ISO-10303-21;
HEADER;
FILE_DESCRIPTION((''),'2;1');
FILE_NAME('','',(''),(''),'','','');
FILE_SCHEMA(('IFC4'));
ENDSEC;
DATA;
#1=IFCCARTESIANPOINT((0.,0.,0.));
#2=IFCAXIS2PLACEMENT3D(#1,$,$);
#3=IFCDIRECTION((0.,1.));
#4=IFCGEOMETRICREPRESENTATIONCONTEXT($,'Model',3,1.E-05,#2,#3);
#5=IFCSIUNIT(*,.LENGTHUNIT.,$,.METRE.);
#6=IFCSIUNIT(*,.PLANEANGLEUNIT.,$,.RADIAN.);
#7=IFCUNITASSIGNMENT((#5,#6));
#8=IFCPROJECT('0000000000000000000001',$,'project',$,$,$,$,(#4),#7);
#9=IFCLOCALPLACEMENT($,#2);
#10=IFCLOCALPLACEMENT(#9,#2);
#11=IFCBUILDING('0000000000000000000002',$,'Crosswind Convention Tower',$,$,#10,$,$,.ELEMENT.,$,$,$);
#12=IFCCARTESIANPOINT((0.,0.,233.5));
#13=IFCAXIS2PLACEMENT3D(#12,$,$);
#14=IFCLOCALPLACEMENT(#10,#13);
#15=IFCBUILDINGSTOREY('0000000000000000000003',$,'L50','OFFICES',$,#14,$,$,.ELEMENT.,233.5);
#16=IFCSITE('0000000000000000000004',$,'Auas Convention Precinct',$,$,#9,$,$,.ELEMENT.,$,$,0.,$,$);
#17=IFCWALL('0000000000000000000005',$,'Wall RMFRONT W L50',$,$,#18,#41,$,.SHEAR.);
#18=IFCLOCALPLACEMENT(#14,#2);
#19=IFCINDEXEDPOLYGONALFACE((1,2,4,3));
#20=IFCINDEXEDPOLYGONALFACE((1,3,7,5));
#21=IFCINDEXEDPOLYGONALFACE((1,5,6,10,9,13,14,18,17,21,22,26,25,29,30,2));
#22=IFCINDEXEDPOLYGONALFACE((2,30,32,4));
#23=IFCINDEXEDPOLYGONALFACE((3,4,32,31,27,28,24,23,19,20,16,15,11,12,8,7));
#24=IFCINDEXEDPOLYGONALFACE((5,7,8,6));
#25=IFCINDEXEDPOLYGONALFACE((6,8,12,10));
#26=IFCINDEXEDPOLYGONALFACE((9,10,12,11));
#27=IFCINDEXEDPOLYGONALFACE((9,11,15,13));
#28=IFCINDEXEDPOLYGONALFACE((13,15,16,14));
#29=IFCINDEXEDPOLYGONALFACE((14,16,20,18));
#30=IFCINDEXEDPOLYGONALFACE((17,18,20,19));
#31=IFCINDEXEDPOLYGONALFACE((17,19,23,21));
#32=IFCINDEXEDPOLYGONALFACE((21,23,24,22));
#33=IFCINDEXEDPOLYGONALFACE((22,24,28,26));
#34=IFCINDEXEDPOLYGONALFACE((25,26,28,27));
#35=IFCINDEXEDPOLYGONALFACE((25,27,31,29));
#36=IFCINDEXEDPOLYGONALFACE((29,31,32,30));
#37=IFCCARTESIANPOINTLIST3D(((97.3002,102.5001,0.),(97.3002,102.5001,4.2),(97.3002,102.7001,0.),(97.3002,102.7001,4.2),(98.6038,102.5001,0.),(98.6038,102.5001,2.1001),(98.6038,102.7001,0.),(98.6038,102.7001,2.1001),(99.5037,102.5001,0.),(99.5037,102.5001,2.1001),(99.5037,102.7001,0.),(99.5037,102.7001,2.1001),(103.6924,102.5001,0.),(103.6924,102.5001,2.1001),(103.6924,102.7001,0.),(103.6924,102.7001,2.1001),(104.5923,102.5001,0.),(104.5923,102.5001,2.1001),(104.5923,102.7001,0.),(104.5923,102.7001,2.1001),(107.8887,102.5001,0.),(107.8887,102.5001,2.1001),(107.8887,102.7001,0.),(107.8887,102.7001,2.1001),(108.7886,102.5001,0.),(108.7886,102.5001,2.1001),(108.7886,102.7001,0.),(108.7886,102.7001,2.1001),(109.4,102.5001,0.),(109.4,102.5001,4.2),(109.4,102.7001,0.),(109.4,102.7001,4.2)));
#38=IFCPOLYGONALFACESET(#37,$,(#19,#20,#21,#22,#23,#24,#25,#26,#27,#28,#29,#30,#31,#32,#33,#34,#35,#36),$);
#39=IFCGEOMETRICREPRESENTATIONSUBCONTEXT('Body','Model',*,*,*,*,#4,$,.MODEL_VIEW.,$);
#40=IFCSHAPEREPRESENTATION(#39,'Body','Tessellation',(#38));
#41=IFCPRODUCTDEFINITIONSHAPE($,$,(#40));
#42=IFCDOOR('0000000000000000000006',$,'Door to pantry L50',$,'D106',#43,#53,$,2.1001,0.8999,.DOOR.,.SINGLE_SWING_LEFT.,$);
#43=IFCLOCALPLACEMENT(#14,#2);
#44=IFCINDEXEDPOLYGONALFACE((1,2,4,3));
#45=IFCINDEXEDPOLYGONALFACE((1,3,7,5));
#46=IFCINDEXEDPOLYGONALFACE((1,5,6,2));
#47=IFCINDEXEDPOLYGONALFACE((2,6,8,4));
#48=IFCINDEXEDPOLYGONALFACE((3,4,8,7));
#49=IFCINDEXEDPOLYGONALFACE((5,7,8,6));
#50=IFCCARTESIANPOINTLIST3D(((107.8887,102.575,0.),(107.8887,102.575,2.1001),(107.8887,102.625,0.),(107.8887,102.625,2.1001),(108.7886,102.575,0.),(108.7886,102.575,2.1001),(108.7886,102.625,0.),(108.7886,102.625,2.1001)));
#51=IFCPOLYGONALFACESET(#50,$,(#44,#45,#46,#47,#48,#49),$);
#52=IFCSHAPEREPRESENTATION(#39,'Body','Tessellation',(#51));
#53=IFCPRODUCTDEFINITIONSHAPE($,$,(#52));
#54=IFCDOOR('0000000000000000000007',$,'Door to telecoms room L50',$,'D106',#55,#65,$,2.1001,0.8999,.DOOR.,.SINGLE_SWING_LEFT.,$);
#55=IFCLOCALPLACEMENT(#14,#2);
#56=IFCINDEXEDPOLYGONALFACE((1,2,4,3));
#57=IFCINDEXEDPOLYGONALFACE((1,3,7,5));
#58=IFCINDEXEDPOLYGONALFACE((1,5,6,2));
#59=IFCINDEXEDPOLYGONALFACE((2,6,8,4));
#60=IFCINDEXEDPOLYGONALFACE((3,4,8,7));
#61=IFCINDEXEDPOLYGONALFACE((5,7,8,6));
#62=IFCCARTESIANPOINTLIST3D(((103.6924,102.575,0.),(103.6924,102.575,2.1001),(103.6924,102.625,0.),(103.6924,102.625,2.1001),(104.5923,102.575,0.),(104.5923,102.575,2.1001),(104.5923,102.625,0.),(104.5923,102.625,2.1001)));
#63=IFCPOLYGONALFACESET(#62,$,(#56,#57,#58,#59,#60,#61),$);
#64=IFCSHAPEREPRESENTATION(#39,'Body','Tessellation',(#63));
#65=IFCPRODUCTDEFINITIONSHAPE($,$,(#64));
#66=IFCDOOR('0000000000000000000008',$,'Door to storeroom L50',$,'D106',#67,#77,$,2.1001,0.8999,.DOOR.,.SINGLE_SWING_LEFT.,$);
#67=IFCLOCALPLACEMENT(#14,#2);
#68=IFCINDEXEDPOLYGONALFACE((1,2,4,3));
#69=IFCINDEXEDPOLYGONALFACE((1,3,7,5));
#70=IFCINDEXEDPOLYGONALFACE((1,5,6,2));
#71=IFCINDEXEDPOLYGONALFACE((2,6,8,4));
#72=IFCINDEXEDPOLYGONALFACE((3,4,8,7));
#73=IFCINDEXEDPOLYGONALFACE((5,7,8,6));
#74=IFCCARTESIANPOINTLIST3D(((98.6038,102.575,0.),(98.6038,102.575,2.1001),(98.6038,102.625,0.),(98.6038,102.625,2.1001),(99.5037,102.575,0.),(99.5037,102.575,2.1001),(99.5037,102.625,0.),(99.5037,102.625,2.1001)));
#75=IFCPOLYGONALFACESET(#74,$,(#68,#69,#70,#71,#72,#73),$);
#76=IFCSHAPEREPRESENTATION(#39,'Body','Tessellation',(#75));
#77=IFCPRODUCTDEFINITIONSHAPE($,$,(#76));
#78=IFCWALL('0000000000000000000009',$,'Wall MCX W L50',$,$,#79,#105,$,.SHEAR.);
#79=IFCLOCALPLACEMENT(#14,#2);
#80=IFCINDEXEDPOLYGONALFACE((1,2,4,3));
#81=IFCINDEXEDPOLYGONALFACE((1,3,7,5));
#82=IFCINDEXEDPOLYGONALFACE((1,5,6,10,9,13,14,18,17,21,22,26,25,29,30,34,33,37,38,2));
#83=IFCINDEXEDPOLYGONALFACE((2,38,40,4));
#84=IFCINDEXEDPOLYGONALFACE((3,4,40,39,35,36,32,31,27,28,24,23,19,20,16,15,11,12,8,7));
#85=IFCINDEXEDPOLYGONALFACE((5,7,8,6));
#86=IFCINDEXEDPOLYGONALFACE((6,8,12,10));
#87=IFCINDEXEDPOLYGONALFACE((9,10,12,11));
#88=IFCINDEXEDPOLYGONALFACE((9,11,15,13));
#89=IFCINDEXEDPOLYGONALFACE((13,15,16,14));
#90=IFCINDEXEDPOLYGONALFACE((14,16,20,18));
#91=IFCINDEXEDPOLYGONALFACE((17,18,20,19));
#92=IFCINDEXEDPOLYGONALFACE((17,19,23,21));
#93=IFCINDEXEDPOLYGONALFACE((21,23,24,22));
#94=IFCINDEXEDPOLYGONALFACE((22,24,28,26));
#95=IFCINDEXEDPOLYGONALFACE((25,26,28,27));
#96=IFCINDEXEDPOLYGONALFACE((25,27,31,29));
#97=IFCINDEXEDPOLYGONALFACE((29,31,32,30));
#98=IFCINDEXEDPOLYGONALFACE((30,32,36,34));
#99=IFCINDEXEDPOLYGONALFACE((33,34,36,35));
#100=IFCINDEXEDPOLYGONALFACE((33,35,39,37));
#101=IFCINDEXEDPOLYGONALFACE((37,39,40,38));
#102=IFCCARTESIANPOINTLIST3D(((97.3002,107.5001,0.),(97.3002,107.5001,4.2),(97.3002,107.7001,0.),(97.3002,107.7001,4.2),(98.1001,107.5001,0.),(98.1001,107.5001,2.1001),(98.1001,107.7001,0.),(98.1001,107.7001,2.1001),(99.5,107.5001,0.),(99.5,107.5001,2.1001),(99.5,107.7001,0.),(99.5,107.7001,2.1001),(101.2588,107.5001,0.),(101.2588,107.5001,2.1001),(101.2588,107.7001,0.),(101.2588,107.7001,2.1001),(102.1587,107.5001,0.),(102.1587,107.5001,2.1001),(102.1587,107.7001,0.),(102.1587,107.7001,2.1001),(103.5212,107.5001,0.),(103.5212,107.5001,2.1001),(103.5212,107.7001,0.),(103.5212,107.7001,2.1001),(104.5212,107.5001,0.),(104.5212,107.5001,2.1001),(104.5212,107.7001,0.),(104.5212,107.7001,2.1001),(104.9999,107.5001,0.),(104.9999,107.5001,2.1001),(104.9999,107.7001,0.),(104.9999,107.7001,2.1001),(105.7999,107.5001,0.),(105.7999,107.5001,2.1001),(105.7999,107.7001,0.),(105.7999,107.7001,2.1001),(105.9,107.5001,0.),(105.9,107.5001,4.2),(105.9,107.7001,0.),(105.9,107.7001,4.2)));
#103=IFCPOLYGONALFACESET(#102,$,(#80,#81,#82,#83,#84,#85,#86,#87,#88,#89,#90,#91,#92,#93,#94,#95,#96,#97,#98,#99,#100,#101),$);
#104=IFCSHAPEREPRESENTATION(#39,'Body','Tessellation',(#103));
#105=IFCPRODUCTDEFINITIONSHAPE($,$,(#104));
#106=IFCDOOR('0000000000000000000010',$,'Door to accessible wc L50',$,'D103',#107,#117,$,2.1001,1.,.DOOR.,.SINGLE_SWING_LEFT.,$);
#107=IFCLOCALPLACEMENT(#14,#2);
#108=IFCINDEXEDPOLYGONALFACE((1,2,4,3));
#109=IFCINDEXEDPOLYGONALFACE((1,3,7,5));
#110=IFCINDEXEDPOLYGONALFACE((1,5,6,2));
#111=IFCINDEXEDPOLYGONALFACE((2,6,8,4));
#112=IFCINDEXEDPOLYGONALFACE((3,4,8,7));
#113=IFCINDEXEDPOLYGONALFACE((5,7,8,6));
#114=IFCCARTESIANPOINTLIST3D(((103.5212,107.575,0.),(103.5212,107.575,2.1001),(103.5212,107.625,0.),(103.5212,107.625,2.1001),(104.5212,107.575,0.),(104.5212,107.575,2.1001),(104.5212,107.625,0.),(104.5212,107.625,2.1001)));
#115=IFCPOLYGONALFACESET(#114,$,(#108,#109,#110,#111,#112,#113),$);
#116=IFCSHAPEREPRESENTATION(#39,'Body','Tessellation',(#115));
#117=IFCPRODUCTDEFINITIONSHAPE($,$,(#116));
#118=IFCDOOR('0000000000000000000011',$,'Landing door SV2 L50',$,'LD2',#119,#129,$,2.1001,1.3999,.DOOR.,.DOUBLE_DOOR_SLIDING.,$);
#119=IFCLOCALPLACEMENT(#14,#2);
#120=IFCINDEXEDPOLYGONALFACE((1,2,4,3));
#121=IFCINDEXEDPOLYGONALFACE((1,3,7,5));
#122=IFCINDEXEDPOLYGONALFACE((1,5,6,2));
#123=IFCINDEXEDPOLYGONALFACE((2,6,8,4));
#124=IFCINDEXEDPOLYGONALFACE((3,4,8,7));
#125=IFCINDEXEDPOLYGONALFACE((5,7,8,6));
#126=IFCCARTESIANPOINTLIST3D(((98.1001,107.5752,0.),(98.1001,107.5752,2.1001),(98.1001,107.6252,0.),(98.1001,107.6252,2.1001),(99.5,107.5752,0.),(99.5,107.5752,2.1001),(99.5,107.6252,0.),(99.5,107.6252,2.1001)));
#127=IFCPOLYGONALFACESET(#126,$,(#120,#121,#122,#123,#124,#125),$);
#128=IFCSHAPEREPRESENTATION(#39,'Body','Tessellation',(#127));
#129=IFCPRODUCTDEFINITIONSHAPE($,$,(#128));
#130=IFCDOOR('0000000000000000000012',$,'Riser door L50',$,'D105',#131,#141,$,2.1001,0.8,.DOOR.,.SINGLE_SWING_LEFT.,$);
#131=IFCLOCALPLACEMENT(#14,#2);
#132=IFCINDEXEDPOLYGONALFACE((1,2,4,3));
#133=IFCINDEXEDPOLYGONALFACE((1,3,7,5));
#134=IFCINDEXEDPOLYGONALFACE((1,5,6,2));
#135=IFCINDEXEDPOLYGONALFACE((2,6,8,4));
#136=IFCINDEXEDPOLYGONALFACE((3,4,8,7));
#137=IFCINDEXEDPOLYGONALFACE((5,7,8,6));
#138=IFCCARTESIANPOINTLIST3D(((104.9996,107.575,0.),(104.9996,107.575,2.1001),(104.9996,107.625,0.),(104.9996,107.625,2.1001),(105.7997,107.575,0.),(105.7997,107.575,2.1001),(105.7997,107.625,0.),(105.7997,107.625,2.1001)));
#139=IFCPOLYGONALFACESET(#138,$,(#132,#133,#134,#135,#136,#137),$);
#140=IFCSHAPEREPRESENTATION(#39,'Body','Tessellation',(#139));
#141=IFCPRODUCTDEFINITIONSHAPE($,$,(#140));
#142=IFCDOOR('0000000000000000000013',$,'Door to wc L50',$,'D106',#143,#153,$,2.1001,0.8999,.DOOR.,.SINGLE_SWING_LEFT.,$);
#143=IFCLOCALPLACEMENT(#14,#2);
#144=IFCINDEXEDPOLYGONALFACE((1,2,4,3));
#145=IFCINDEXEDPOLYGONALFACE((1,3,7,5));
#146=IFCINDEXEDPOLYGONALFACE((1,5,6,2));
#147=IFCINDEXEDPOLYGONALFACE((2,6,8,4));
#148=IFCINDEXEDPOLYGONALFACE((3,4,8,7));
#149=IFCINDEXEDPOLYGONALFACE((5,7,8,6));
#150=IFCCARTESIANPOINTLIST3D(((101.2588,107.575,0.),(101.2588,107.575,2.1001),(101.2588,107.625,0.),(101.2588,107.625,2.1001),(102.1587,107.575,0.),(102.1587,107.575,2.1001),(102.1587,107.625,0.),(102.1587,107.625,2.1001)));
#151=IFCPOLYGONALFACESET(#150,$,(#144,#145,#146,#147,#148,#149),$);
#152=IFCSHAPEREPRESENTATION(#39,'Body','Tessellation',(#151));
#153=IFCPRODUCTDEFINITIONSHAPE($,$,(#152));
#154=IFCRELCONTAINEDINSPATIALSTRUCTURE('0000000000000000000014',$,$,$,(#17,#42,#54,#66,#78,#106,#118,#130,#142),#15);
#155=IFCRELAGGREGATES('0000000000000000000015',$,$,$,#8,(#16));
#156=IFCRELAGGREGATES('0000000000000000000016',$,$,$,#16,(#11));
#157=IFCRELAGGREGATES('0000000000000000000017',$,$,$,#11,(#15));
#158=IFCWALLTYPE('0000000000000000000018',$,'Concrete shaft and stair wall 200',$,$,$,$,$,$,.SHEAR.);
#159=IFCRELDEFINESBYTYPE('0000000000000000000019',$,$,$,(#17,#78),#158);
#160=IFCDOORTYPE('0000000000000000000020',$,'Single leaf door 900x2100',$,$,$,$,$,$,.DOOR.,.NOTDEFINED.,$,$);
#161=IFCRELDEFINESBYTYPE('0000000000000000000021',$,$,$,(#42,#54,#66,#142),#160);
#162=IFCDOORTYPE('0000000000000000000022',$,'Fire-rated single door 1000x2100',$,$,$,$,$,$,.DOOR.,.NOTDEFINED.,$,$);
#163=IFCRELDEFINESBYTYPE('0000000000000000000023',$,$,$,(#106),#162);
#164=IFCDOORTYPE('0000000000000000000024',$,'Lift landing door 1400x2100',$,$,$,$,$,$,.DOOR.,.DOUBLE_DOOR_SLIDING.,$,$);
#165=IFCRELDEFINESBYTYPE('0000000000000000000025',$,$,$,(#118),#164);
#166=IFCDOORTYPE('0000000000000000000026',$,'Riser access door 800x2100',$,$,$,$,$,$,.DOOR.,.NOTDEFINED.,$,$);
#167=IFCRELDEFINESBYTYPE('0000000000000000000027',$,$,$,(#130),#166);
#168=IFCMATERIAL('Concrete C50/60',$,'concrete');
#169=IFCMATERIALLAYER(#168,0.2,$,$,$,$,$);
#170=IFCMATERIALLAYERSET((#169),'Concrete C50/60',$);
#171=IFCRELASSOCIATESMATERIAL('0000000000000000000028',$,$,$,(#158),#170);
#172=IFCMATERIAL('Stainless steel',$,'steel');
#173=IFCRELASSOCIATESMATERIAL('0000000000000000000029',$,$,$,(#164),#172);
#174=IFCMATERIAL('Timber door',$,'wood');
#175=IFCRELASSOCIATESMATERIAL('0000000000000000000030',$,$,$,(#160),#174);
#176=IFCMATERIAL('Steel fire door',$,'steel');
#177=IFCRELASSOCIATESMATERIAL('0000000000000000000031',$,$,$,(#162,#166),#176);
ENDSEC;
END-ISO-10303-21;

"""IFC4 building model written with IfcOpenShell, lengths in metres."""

from ifc_helpers import new_model, si_unit, direction, frame, frame_2d, origin, place, context, subcontext, project, spatial, rectangle, extrude, material, layer, layer_set, type_object, element, fill, save


model = new_model("IFC4")

# Units and contexts
model_context = context("Model", 3, precision=1e-05, world=origin(), true_north=direction((0.0, 1.0)))
body_context = subcontext(model_context, "Body", "Model", "MODEL_VIEW")
ifc_project = project(units=[si_unit("LENGTHUNIT", "METRE"), si_unit("PLANEANGLEUNIT", "RADIAN")], contexts=[model_context])

# Site, building, storey
site_placement = place(None, origin())
site = spatial("IfcSite", under=ifc_project, at=site_placement, Name="Auas Convention Precinct", CompositionType="ELEMENT", RefElevation=0.0)
building_placement = place(site_placement, origin())
building = spatial("IfcBuilding", under=site, at=building_placement, Name="Crosswind Convention Tower", CompositionType="ELEMENT")
storey_placement = place(building_placement, frame((0.0, 0.0, 233.5)))
storey = spatial("IfcBuildingStorey", under=building, at=storey_placement, Name="L50", Description="OFFICES", CompositionType="ELEMENT", Elevation=233.5)

# Shared definitions
ifc_material_1 = material(Name="Concrete C50/60", Category="concrete")
ifc_layer_1 = layer(ifc_material_1, 0.2)
ifc_layer_set_1 = layer_set([ifc_layer_1], Name="Concrete C50/60")
wall_type_1 = type_object("IfcWallType", Name="Concrete shaft and stair wall 200", PredefinedType="SHEAR", material=ifc_layer_set_1)

# Shared definitions
ifc_material_2 = material(Name="Stainless steel", Category="steel")
door_type_1 = type_object("IfcDoorType", Name="Lift landing door 1400x2100", OperationType="DOUBLE_DOOR_SLIDING", PredefinedType="DOOR", material=ifc_material_2)

# Walls, openings, doors
wall_1_placement = place(storey_placement, frame((109.3999, 102.6001, 0.0), z_axis=(0.0, 0.0, 1.0), x_axis=(-1.0, 0.0, 0.0)))
wall_1 = element("IfcWall", 1, at=wall_1_placement, inside=storey, type_object=wall_type_1, Name="Wall RMFRONT W L50", PredefinedType="SHEAR", context=body_context, shape_type="SweptSolid", body=[
    extrude(rectangle(XDim=12.0999, YDim=0.2, at=frame_2d((6.0498, 0.0))), origin(), (0.0, 0.0, 1.0), 4.2),
])
opening_1_placement = place(wall_1_placement, frame((0.6113, 0.0, 0.0)))
opening_1 = element("IfcOpeningElement", 2, at=opening_1_placement, cuts=wall_1, PredefinedType="OPENING", context=body_context, shape_type="SweptSolid", body=[
    extrude(rectangle(XDim=0.8999, YDim=2.1001, at=frame_2d((0.45, 1.05))), frame((0.0, 0.1099, 0.0), z_axis=(0.0, -1.0, 0.0), x_axis=(1.0, 0.0, 0.0)), (0.0, 0.0, 1.0), 0.22),
])
opening_2_placement = place(wall_1_placement, frame((4.8076, 0.0, 0.0)))
opening_2 = element("IfcOpeningElement", 3, at=opening_2_placement, cuts=wall_1, PredefinedType="OPENING", context=body_context, shape_type="SweptSolid", body=[
    extrude(rectangle(XDim=0.8999, YDim=2.1001, at=frame_2d((0.45, 1.05))), frame((0.0, 0.1099, 0.0), z_axis=(0.0, -1.0, 0.0), x_axis=(1.0, 0.0, 0.0)), (0.0, 0.0, 1.0), 0.22),
])
opening_3_placement = place(wall_1_placement, frame((9.8962, 0.0, 0.0)))
opening_3 = element("IfcOpeningElement", 4, at=opening_3_placement, cuts=wall_1, PredefinedType="OPENING", context=body_context, shape_type="SweptSolid", body=[
    extrude(rectangle(XDim=0.8999, YDim=2.1001, at=frame_2d((0.45, 1.05))), frame((0.0, 0.1099, 0.0), z_axis=(0.0, -1.0, 0.0), x_axis=(1.0, 0.0, 0.0)), (0.0, 0.0, 1.0), 0.22),
])
ifc_material_3 = material(Name="Timber door", Category="wood")
door_type_2 = type_object("IfcDoorType", Name="Single leaf door 900x2100", OperationType="NOTDEFINED", PredefinedType="DOOR", material=ifc_material_3)
door_1_placement = place(opening_1_placement, frame((0.8999, 0.0, 0.0), z_axis=(0.0, 0.0, 1.0), x_axis=(-1.0, 0.0, 0.0)))
door_1 = element("IfcDoor", 5, at=door_1_placement, inside=storey, type_object=door_type_2, Name="Door to pantry L50", ObjectType="D106", OperationType="SINGLE_SWING_LEFT", OverallHeight=2.1001, OverallWidth=0.8999, PredefinedType="DOOR", context=body_context, shape_type="SweptSolid", body=[
    extrude(rectangle(XDim=0.8999, YDim=2.1001, at=frame_2d((0.45, 1.05))), frame((0.0, 0.0249, 0.0), z_axis=(0.0, -1.0, 0.0), x_axis=(1.0, 0.0, 0.0)), (0.0, 0.0, 1.0), 0.05),
])
fill(opening_1, door_1)
door_2_placement = place(opening_2_placement, frame((0.8999, 0.0, 0.0), z_axis=(0.0, 0.0, 1.0), x_axis=(-1.0, 0.0, 0.0)))
door_2 = element("IfcDoor", 6, at=door_2_placement, inside=storey, type_object=door_type_2, Name="Door to telecoms room L50", ObjectType="D106", OperationType="SINGLE_SWING_LEFT", OverallHeight=2.1001, OverallWidth=0.8999, PredefinedType="DOOR", context=body_context, shape_type="SweptSolid", body=[
    extrude(rectangle(XDim=0.8999, YDim=2.1001, at=frame_2d((0.45, 1.05))), frame((0.0, 0.0249, 0.0), z_axis=(0.0, -1.0, 0.0), x_axis=(1.0, 0.0, 0.0)), (0.0, 0.0, 1.0), 0.05),
])
fill(opening_2, door_2)
door_3_placement = place(opening_3_placement, frame((0.8999, 0.0, 0.0), z_axis=(0.0, 0.0, 1.0), x_axis=(-1.0, 0.0, 0.0)))
door_3 = element("IfcDoor", 7, at=door_3_placement, inside=storey, type_object=door_type_2, Name="Door to storeroom L50", ObjectType="D106", OperationType="SINGLE_SWING_LEFT", OverallHeight=2.1001, OverallWidth=0.8999, PredefinedType="DOOR", context=body_context, shape_type="SweptSolid", body=[
    extrude(rectangle(XDim=0.8999, YDim=2.1001, at=frame_2d((0.45, 1.05))), frame((0.0, 0.0249, 0.0), z_axis=(0.0, -1.0, 0.0), x_axis=(1.0, 0.0, 0.0)), (0.0, 0.0, 1.0), 0.05),
])
fill(opening_3, door_3)
wall_2_placement = place(storey_placement, frame((105.8999, 107.6001, 0.0), z_axis=(0.0, 0.0, 1.0), x_axis=(-1.0, 0.0, 0.0)))
wall_2 = element("IfcWall", 8, at=wall_2_placement, inside=storey, type_object=wall_type_1, Name="Wall MCX W L50", PredefinedType="SHEAR", context=body_context, shape_type="SweptSolid", body=[
    extrude(rectangle(XDim=8.5999, YDim=0.2, at=frame_2d((4.2998, 0.0))), origin(), (0.0, 0.0, 1.0), 4.2),
])
opening_4_placement = place(wall_2_placement, frame((0.1001, 0.0, 0.0)))
opening_4 = element("IfcOpeningElement", 9, at=opening_4_placement, cuts=wall_2, PredefinedType="OPENING", context=body_context, shape_type="SweptSolid", body=[
    extrude(rectangle(XDim=0.8, YDim=2.1001, at=frame_2d((0.3999, 1.05))), frame((0.0, 0.1099, 0.0), z_axis=(0.0, -1.0, 0.0), x_axis=(1.0, 0.0, 0.0)), (0.0, 0.0, 1.0), 0.22),
])
opening_5_placement = place(wall_2_placement, frame((1.3787, 0.0, 0.0)))
opening_5 = element("IfcOpeningElement", 10, at=opening_5_placement, cuts=wall_2, PredefinedType="OPENING", context=body_context, shape_type="SweptSolid", body=[
    extrude(rectangle(XDim=1.0, YDim=2.1001, at=frame_2d((0.5, 1.05))), frame((0.0, 0.1099, 0.0), z_axis=(0.0, -1.0, 0.0), x_axis=(1.0, 0.0, 0.0)), (0.0, 0.0, 1.0), 0.22),
])
opening_6_placement = place(wall_2_placement, frame((3.7412, 0.0, 0.0)))
opening_6 = element("IfcOpeningElement", 11, at=opening_6_placement, cuts=wall_2, PredefinedType="OPENING", context=body_context, shape_type="SweptSolid", body=[
    extrude(rectangle(XDim=0.8999, YDim=2.1001, at=frame_2d((0.45, 1.05))), frame((0.0, 0.1099, 0.0), z_axis=(0.0, -1.0, 0.0), x_axis=(1.0, 0.0, 0.0)), (0.0, 0.0, 1.0), 0.22),
])
opening_7_placement = place(wall_2_placement, frame((6.3999, 0.0, 0.0)))
opening_7 = element("IfcOpeningElement", 12, at=opening_7_placement, cuts=wall_2, PredefinedType="OPENING", context=body_context, shape_type="SweptSolid", body=[
    extrude(rectangle(XDim=1.3999, YDim=2.1001, at=frame_2d((0.7, 1.05))), frame((0.0, 0.1099, 0.0), z_axis=(0.0, -1.0, 0.0), x_axis=(1.0, 0.0, 0.0)), (0.0, 0.0, 1.0), 0.22),
])
ifc_material_4 = material(Name="Steel fire door", Category="steel")
door_type_3 = type_object("IfcDoorType", Name="Fire-rated single door 1000x2100", OperationType="NOTDEFINED", PredefinedType="DOOR", material=ifc_material_4)
door_4_placement = place(opening_5_placement, frame((1.0, 0.0, 0.0), z_axis=(0.0, 0.0, 1.0), x_axis=(-1.0, 0.0, 0.0)))
door_4 = element("IfcDoor", 13, at=door_4_placement, inside=storey, type_object=door_type_3, Name="Door to accessible wc L50", ObjectType="D103", OperationType="SINGLE_SWING_LEFT", OverallHeight=2.1001, OverallWidth=1.0, PredefinedType="DOOR", context=body_context, shape_type="SweptSolid", body=[
    extrude(rectangle(XDim=1.0, YDim=2.1001, at=frame_2d((0.5, 1.05))), frame((0.0, 0.0249, 0.0), z_axis=(0.0, -1.0, 0.0), x_axis=(1.0, 0.0, 0.0)), (0.0, 0.0, 1.0), 0.05),
])
fill(opening_5, door_4)
door_5_placement = place(opening_7_placement, origin())
door_5 = element("IfcDoor", 14, at=door_5_placement, inside=storey, type_object=door_type_1, Name="Landing door SV2 L50", ObjectType="LD2", OperationType="DOUBLE_DOOR_SLIDING", OverallHeight=2.1001, OverallWidth=1.3999, PredefinedType="DOOR", context=body_context, shape_type="SweptSolid", body=[
    extrude(rectangle(XDim=1.3999, YDim=2.1001, at=frame_2d((0.7, 1.05))), frame((0.0, 0.0249, 0.0), z_axis=(0.0, -1.0, 0.0), x_axis=(1.0, 0.0, 0.0)), (0.0, 0.0, 1.0), 0.05),
])
fill(opening_7, door_5)
door_type_4 = type_object("IfcDoorType", Name="Riser access door 800x2100", OperationType="NOTDEFINED", PredefinedType="DOOR", material=ifc_material_4)
door_6_placement = place(opening_4_placement, frame((0.8, 0.0, 0.0), z_axis=(0.0, 0.0, 1.0), x_axis=(-1.0, 0.0, 0.0)))
door_6 = element("IfcDoor", 15, at=door_6_placement, inside=storey, type_object=door_type_4, Name="Riser door L50", ObjectType="D105", OperationType="SINGLE_SWING_LEFT", OverallHeight=2.1001, OverallWidth=0.8, PredefinedType="DOOR", context=body_context, shape_type="SweptSolid", body=[
    extrude(rectangle(XDim=0.8, YDim=2.1001, at=frame_2d((0.3999, 1.05))), frame((0.0, 0.0249, 0.0), z_axis=(0.0, -1.0, 0.0), x_axis=(1.0, 0.0, 0.0)), (0.0, 0.0, 1.0), 0.05),
])
fill(opening_4, door_6)
door_7_placement = place(opening_6_placement, frame((0.8999, 0.0, 0.0), z_axis=(0.0, 0.0, 1.0), x_axis=(-1.0, 0.0, 0.0)))
door_7 = element("IfcDoor", 16, at=door_7_placement, inside=storey, type_object=door_type_2, Name="Door to wc L50", ObjectType="D106", OperationType="SINGLE_SWING_LEFT", OverallHeight=2.1001, OverallWidth=0.8999, PredefinedType="DOOR", context=body_context, shape_type="SweptSolid", body=[
    extrude(rectangle(XDim=0.8999, YDim=2.1001, at=frame_2d((0.45, 1.05))), frame((0.0, 0.0249, 0.0), z_axis=(0.0, -1.0, 0.0), x_axis=(1.0, 0.0, 0.0)), (0.0, 0.0, 1.0), 0.05),
])
fill(opening_6, door_7)

save(model, "model.ifc")
